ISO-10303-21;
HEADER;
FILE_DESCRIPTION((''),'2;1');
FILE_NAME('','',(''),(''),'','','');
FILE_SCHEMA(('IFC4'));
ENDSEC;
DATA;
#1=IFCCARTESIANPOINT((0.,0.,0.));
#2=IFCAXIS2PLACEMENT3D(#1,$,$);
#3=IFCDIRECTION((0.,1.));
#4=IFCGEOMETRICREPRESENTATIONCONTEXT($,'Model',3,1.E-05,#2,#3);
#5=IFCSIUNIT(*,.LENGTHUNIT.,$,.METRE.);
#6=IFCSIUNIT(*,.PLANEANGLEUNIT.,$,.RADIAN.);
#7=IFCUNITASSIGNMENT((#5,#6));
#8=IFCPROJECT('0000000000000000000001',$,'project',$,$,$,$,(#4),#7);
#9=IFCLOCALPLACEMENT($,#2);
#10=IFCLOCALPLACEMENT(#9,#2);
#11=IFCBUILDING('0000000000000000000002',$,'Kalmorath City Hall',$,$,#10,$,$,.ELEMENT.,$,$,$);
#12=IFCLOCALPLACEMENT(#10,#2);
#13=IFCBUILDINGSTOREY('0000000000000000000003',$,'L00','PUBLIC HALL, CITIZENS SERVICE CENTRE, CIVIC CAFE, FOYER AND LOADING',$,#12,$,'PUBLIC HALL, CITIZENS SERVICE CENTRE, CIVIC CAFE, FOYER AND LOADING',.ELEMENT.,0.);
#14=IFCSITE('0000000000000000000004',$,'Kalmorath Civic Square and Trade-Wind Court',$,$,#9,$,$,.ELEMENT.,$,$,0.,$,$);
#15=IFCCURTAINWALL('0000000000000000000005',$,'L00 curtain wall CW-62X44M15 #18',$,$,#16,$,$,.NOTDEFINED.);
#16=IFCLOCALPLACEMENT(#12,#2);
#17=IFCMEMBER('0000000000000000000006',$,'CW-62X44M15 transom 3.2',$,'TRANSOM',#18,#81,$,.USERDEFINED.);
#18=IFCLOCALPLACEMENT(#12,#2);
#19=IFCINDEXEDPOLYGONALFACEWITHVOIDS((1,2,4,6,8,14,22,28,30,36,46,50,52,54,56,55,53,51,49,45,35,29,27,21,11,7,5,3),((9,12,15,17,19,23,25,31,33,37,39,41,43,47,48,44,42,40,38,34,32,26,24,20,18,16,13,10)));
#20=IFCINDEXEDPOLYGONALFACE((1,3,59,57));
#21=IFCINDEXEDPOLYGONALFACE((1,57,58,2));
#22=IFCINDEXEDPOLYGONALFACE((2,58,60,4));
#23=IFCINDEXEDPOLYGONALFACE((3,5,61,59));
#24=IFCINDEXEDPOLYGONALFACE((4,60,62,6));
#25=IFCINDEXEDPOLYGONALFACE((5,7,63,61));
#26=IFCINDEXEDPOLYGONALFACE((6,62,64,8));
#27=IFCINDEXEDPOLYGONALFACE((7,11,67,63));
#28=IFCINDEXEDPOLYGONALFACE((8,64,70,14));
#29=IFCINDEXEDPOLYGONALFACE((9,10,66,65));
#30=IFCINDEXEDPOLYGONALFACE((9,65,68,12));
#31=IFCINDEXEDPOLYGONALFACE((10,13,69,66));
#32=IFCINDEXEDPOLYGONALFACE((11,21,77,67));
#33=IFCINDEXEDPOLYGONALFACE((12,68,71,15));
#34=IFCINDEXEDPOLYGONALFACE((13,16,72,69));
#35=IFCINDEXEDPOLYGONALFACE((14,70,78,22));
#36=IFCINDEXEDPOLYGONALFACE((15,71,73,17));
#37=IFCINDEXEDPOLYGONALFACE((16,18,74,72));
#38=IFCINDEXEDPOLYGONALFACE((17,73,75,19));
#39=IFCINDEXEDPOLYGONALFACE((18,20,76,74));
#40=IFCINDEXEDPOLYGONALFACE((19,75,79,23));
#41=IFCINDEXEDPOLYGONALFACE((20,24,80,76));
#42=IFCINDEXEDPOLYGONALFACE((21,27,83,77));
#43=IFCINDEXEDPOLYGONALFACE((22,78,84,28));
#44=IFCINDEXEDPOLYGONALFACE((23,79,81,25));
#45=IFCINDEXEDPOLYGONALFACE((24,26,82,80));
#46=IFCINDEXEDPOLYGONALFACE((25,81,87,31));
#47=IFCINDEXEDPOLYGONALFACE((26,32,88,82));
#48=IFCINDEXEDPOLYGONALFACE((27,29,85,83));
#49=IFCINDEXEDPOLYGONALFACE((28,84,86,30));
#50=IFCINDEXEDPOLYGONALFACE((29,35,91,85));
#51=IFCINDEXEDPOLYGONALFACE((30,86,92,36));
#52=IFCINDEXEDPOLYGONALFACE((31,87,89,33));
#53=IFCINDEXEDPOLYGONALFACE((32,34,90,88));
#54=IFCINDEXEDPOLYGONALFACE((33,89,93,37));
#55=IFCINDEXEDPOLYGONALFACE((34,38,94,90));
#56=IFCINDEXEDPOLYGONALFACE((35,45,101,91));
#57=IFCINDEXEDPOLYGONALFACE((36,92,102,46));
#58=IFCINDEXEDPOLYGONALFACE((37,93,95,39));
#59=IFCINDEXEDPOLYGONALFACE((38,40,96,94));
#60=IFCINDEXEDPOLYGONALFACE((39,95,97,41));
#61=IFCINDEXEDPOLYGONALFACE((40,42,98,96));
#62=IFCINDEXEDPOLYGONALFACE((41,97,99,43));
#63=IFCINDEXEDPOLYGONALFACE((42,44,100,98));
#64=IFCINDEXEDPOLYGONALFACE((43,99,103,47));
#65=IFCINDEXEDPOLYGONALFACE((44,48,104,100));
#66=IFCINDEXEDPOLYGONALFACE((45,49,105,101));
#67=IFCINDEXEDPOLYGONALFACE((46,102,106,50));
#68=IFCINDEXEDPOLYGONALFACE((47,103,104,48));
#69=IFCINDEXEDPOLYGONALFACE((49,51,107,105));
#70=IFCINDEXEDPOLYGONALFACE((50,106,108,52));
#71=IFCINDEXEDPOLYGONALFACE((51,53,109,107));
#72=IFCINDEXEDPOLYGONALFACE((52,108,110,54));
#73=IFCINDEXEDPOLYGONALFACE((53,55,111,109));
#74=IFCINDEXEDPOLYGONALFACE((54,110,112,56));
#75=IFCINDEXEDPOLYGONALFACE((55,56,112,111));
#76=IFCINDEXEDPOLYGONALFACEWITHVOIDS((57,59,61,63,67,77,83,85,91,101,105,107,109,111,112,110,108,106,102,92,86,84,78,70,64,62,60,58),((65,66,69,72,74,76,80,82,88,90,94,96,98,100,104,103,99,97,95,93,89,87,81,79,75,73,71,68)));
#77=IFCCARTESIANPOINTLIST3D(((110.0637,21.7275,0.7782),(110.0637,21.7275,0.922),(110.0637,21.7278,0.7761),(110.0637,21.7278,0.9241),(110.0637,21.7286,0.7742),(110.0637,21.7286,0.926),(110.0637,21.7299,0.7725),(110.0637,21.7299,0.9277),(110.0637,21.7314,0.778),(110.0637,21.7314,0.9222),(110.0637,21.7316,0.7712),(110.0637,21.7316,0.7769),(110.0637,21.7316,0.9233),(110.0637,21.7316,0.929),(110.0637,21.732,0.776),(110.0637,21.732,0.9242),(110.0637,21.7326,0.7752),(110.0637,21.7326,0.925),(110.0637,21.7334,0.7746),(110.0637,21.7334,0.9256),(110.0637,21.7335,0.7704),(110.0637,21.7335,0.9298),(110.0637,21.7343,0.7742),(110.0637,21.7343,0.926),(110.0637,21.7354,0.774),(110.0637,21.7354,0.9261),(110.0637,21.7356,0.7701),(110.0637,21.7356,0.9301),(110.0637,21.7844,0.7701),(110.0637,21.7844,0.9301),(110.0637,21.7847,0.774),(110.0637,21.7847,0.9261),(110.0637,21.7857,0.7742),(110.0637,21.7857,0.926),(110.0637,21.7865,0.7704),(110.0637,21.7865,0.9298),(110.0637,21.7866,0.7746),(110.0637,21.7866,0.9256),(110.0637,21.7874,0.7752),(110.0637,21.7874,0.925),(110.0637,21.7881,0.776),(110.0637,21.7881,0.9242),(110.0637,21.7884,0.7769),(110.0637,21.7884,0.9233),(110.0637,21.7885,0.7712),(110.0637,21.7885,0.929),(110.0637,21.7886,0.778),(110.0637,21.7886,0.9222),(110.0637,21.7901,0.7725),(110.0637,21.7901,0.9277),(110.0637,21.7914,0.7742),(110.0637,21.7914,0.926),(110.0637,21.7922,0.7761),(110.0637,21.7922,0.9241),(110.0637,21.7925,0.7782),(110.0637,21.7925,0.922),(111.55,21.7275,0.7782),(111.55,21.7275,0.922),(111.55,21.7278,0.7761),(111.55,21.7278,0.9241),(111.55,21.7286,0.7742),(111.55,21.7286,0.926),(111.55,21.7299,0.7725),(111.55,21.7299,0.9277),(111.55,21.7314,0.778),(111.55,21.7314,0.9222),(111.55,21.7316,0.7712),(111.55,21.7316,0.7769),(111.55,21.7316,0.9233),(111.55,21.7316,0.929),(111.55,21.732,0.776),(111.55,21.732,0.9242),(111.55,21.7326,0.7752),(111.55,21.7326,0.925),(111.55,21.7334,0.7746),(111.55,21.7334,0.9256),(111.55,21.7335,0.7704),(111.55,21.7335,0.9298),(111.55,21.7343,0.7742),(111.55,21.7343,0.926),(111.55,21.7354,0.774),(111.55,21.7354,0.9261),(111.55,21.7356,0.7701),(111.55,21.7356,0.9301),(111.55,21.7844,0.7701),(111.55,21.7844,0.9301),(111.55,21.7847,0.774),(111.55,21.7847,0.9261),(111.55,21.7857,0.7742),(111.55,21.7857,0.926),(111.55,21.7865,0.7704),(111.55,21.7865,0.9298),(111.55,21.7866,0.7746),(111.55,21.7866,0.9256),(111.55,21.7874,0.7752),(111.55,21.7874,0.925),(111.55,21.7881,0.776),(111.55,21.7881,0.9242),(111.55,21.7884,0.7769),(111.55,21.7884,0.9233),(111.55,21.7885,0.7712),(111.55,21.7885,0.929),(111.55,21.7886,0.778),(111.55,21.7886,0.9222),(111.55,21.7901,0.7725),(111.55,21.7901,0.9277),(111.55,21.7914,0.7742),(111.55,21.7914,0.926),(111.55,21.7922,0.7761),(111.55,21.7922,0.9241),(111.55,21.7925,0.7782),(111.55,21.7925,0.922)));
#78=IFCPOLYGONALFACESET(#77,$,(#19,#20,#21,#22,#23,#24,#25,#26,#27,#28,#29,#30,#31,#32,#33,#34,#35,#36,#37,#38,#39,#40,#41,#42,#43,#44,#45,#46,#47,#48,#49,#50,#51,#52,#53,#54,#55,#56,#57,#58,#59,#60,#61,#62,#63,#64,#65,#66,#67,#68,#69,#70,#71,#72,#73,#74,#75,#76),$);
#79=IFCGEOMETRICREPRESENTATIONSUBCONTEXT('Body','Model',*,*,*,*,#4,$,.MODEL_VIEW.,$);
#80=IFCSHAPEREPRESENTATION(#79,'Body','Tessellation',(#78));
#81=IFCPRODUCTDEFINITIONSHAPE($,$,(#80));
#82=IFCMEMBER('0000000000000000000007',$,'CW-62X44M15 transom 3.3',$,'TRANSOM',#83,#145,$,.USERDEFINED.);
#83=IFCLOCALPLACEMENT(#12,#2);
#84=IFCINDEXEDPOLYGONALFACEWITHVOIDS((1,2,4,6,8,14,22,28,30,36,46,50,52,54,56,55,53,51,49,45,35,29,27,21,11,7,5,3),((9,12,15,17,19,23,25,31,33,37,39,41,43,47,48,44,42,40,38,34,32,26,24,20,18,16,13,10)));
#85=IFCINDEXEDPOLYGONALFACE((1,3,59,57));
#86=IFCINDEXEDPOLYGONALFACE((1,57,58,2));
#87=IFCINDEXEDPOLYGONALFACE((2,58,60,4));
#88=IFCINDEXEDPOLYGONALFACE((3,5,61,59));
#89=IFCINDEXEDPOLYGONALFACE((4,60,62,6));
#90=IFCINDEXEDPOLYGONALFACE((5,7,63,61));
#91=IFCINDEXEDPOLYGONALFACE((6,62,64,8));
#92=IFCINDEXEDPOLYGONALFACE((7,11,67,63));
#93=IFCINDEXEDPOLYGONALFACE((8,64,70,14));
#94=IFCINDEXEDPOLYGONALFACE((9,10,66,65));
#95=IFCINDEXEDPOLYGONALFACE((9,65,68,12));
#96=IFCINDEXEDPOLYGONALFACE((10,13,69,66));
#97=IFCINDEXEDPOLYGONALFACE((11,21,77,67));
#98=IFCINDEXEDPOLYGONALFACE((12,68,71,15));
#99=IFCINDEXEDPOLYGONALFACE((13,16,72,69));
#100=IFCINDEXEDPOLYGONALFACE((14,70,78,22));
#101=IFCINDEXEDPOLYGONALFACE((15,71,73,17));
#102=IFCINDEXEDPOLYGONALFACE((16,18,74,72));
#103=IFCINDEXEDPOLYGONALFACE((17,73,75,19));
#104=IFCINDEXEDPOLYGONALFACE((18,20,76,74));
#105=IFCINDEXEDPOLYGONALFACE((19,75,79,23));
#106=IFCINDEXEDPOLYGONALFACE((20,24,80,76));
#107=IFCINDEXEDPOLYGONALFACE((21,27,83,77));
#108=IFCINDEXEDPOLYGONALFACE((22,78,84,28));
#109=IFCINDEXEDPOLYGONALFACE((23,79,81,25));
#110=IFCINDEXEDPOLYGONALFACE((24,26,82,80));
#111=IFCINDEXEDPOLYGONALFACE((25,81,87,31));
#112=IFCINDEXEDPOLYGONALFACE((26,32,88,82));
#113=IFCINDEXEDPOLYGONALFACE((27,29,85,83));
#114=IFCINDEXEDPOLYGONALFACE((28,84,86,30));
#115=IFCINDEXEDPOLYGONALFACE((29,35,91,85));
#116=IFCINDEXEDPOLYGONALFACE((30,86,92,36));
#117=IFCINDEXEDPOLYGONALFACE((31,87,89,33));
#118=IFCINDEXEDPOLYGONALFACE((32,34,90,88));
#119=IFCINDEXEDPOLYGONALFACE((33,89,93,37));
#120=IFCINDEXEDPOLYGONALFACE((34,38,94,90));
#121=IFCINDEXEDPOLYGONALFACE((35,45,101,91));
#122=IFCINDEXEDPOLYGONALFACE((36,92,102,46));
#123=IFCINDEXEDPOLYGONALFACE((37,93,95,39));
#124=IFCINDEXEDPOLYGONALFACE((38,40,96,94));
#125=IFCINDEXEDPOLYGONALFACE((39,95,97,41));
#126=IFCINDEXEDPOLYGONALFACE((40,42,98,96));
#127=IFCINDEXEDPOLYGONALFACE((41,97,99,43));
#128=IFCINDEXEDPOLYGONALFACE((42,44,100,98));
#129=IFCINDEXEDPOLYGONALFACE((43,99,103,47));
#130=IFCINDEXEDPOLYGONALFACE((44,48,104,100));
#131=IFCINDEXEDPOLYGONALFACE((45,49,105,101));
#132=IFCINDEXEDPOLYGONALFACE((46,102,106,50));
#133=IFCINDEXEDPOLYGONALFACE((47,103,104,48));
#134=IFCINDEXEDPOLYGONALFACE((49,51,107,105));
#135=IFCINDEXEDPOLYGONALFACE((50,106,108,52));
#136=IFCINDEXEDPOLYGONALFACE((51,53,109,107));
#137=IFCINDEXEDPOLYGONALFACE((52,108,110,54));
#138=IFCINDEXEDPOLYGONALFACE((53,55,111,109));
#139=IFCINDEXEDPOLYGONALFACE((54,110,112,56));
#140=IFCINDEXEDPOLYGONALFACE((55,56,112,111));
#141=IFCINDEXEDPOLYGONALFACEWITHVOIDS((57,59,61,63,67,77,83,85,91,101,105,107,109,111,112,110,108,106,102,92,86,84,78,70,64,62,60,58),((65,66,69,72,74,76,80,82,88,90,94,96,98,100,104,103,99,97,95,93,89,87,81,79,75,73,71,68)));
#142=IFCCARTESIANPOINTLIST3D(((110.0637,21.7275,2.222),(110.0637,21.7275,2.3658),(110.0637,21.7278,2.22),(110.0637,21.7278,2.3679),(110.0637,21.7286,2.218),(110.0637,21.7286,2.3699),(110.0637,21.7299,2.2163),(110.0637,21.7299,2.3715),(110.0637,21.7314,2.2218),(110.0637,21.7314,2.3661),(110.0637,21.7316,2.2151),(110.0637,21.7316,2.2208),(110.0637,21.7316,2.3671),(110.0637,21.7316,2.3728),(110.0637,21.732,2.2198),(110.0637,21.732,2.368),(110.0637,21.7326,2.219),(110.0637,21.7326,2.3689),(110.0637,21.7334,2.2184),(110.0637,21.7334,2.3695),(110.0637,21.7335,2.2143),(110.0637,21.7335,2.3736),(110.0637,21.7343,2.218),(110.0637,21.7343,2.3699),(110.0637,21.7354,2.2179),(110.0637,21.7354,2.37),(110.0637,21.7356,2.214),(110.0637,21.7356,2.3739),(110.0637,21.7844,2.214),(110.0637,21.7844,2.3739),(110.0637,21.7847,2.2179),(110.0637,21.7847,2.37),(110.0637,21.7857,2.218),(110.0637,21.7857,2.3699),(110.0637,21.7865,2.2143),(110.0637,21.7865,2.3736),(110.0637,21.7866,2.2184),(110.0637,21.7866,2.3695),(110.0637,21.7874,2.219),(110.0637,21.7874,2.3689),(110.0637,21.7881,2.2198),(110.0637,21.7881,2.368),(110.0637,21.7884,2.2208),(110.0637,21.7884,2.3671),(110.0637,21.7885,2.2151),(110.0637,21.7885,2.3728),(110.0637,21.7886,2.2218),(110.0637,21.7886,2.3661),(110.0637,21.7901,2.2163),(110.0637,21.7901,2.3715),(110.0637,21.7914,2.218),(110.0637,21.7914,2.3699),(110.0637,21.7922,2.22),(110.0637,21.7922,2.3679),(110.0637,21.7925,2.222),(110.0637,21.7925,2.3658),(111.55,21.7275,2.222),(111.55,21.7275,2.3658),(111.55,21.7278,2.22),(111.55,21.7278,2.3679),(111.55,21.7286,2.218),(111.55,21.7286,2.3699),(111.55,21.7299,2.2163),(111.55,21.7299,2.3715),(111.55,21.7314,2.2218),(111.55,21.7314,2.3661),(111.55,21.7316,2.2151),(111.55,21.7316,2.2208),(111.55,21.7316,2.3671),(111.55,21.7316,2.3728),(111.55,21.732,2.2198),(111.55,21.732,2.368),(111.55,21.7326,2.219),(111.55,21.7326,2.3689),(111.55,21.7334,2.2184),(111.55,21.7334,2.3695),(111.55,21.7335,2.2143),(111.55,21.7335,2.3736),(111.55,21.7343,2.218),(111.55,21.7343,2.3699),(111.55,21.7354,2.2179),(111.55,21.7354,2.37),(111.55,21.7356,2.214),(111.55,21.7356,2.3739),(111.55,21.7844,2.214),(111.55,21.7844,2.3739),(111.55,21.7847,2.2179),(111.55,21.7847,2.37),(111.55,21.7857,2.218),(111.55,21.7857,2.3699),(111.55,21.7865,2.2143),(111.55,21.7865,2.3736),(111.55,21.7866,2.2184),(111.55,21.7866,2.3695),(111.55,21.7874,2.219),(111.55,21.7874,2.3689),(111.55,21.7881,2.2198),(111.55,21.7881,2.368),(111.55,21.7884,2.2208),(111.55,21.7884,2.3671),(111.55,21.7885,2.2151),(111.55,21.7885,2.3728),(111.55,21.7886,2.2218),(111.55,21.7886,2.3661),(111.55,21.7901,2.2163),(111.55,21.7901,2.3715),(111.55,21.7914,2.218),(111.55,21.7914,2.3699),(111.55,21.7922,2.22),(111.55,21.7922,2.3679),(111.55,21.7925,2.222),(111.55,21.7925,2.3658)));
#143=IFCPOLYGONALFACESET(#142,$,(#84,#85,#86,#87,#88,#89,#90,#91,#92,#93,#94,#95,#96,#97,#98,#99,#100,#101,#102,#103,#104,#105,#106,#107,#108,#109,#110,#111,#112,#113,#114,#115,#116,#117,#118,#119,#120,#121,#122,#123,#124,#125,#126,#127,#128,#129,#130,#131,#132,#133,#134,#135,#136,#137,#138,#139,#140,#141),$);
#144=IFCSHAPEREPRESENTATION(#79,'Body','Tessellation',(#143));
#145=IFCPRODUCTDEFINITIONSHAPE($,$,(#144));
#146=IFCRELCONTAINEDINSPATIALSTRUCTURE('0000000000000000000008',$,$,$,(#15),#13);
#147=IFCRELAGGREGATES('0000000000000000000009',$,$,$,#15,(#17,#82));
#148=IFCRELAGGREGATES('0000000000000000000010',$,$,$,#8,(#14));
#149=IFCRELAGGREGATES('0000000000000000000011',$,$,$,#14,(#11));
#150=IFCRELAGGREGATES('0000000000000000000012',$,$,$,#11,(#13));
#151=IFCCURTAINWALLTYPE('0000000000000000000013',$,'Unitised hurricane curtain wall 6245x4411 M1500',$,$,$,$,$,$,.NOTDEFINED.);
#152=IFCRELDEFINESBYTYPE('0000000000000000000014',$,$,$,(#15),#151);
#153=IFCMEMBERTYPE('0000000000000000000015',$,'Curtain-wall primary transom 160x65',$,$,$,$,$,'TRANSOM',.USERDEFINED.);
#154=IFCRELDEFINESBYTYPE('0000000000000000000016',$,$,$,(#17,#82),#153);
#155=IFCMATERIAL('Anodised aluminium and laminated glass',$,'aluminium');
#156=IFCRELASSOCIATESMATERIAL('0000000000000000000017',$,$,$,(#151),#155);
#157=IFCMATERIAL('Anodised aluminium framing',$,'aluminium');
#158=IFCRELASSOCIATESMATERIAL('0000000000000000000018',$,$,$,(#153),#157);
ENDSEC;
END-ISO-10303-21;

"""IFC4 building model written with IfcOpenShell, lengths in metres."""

from ifc_helpers import new_model, si_unit, direction, frame, origin, origin_2d, place, context, subcontext, project, spatial, hollow_rectangle, extrude, material, material_profile, profile_set, type_object, element, aggregate, save


model = new_model("IFC4")

# Units and contexts
model_context = context("Model", 3, precision=1e-05, world=origin(), true_north=direction((0.0, 1.0)))
body_context = subcontext(model_context, "Body", "Model", "MODEL_VIEW")
ifc_project = project(units=[si_unit("LENGTHUNIT", "METRE"), si_unit("PLANEANGLEUNIT", "RADIAN")], contexts=[model_context])

# Site, building, storey
site_placement = place(None, origin())
site = spatial("IfcSite", under=ifc_project, at=site_placement, Name="Kalmorath Civic Square and Trade-Wind Court", CompositionType="ELEMENT", RefElevation=0.0)
building_placement = place(site_placement, origin())
building = spatial("IfcBuilding", under=site, at=building_placement, Name="Kalmorath City Hall", CompositionType="ELEMENT")
storey_placement = place(building_placement, origin())
storey = spatial("IfcBuildingStorey", under=building, at=storey_placement, Name="L00", Description="PUBLIC HALL, CITIZENS SERVICE CENTRE, CIVIC CAFE, FOYER AND LOADING", LongName="PUBLIC HALL, CITIZENS SERVICE CENTRE, CIVIC CAFE, FOYER AND LOADING", CompositionType="ELEMENT", Elevation=0.0)

# Curtain wall
ifc_material_1 = material(Name="Anodised aluminium and laminated glass", Category="aluminium")
curtain_wall_type_1 = type_object("IfcCurtainWallType", Name="Unitised hurricane curtain wall 6245x4411 M1500", PredefinedType="NOTDEFINED", material=ifc_material_1)
curtain_wall_1_placement = place(storey_placement, origin())
curtain_wall_1 = element("IfcCurtainWall", 1, at=curtain_wall_1_placement, inside=storey, type_object=curtain_wall_type_1, Name="L00 curtain wall CW-62X44M15 #18", PredefinedType="NOTDEFINED")

# Members
ifc_material_2 = material(Name="Anodised aluminium framing", Category="aluminium")
ifc_material_profile_1 = material_profile(ifc_material_2, hollow_rectangle(XDim=0.0649, YDim=0.1599, WallThickness=0.0039, InnerFilletRadius=0.0039, OuterFilletRadius=0.0081, at=origin_2d()), Name="ALU-TRN-160X65X4")
ifc_profile_set_1 = profile_set([ifc_material_profile_1], Name="Anodised aluminium framing")
member_type_1 = type_object("IfcMemberType", Name="Curtain-wall primary transom 160x65", ElementType="TRANSOM", PredefinedType="USERDEFINED", material=ifc_profile_set_1)
member_1_placement = place(storey_placement, frame((111.55, 21.76, 0.8501), z_axis=(-1.0, 0.0, 0.0), x_axis=(0.0, -1.0, 0.0)))
member_1 = element("IfcMember", 2, at=member_1_placement, type_object=member_type_1, Name="CW-62X44M15 transom 3.2", ObjectType="TRANSOM", PredefinedType="USERDEFINED", context=body_context, shape_type="SweptSolid", body=[
    extrude(hollow_rectangle(XDim=0.0649, YDim=0.1599, WallThickness=0.0039, InnerFilletRadius=0.0039, OuterFilletRadius=0.0081, at=origin_2d()), origin(), (0.0, 0.0, 1.0), 1.4863),
])
member_2_placement = place(storey_placement, frame((111.55, 21.76, 2.2939), z_axis=(-1.0, 0.0, 0.0), x_axis=(0.0, -1.0, 0.0)))
member_2 = element("IfcMember", 3, at=member_2_placement, type_object=member_type_1, Name="CW-62X44M15 transom 3.3", ObjectType="TRANSOM", PredefinedType="USERDEFINED", context=body_context, shape_type="SweptSolid", body=[
    extrude(hollow_rectangle(XDim=0.0649, YDim=0.1599, WallThickness=0.0039, InnerFilletRadius=0.0039, OuterFilletRadius=0.0081, at=origin_2d()), origin(), (0.0, 0.0, 1.0), 1.4863),
])

aggregate(curtain_wall_1, [member_1, member_2])

save(model, "model.ifc")
